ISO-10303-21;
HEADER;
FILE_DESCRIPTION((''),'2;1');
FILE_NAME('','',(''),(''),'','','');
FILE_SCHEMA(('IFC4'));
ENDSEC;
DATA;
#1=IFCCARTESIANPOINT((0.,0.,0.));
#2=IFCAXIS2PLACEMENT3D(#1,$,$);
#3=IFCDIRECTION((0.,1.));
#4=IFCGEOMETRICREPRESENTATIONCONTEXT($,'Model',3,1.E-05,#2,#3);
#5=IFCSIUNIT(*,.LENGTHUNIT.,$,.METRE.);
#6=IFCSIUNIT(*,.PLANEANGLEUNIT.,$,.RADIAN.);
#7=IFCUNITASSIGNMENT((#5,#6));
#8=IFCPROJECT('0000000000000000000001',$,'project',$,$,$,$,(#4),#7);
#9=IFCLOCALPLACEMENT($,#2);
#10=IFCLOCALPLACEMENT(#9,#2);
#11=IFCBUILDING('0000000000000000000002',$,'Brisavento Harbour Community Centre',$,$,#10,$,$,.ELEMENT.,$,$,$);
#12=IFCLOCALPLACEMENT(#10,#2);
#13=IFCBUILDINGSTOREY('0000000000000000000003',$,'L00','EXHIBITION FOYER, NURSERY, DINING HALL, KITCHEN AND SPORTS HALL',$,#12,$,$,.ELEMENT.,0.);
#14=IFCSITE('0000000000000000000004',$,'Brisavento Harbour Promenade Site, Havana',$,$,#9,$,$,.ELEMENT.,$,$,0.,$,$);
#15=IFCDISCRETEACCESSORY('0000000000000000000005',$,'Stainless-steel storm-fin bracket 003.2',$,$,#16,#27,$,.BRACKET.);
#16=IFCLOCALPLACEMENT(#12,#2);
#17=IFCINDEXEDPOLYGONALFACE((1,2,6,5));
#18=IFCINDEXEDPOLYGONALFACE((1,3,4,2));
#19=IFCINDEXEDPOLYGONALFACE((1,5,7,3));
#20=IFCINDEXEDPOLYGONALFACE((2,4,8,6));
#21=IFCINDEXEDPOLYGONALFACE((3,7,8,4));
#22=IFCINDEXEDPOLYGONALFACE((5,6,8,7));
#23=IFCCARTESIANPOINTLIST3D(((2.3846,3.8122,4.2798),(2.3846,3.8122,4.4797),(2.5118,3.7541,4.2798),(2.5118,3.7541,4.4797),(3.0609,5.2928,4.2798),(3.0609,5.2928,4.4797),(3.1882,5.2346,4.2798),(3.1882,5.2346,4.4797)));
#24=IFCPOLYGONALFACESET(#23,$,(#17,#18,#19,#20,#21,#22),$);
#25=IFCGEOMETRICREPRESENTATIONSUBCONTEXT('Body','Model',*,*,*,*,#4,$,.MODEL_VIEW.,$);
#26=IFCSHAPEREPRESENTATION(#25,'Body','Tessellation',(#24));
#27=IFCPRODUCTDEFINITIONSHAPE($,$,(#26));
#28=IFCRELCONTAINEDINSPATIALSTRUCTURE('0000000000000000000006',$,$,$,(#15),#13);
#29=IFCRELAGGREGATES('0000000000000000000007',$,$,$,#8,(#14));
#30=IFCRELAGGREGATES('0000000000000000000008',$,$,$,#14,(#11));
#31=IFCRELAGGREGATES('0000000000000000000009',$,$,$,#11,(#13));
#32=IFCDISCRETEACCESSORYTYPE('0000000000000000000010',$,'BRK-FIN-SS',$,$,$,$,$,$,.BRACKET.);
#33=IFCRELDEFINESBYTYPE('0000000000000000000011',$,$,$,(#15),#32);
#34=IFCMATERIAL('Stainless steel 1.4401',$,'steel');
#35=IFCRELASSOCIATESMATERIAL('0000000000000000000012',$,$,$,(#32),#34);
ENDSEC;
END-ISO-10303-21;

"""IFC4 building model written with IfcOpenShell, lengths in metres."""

from ifc_helpers import new_model, si_unit, direction, frame, origin, origin_2d, place, context, subcontext, project, spatial, rectangle, extrude, material, type_object, element, save


model = new_model("IFC4")

# Units and contexts
model_context = context("Model", 3, precision=1e-05, world=origin(), true_north=direction((0.0, 1.0)))
body_context = subcontext(model_context, "Body", "Model", "MODEL_VIEW")
ifc_project = project(units=[si_unit("LENGTHUNIT", "METRE"), si_unit("PLANEANGLEUNIT", "RADIAN")], contexts=[model_context])

# Site, building, storey
site_placement = place(None, origin())
site = spatial("IfcSite", under=ifc_project, at=site_placement, Name="Brisavento Harbour Promenade Site, Havana", CompositionType="ELEMENT", RefElevation=0.0)
building_placement = place(site_placement, origin())
building = spatial("IfcBuilding", under=site, at=building_placement, Name="Brisavento Harbour Community Centre", CompositionType="ELEMENT")
storey_placement = place(building_placement, origin())
storey = spatial("IfcBuildingStorey", under=building, at=storey_placement, Name="L00", Description="EXHIBITION FOYER, NURSERY, DINING HALL, KITCHEN AND SPORTS HALL", CompositionType="ELEMENT", Elevation=0.0)

# Shared definitions
ifc_material_1 = material(Name="Stainless steel 1.4401", Category="steel")

# Discrete accessory
discrete_accessory_type = type_object("IfcDiscreteAccessoryType", Name="BRK-FIN-SS", PredefinedType="BRACKET", material=ifc_material_1)
discrete_accessory_1_placement = place(storey_placement, frame((2.7864, 4.5234, 4.2798), z_axis=(0.0, 0.0, 1.0), x_axis=(-0.415519, -0.909585, 0.0)))
element("IfcDiscreteAccessory", 1, at=discrete_accessory_1_placement, inside=storey, type_object=discrete_accessory_type, Name="Stainless-steel storm-fin bracket 003.2", PredefinedType="BRACKET", context=body_context, shape_type="SweptSolid", body=[
    extrude(rectangle(XDim=1.6277, YDim=0.1399, at=origin_2d()), origin(), (0.0, 0.0, 1.0), 0.2),
])

save(model, "model.ifc")
